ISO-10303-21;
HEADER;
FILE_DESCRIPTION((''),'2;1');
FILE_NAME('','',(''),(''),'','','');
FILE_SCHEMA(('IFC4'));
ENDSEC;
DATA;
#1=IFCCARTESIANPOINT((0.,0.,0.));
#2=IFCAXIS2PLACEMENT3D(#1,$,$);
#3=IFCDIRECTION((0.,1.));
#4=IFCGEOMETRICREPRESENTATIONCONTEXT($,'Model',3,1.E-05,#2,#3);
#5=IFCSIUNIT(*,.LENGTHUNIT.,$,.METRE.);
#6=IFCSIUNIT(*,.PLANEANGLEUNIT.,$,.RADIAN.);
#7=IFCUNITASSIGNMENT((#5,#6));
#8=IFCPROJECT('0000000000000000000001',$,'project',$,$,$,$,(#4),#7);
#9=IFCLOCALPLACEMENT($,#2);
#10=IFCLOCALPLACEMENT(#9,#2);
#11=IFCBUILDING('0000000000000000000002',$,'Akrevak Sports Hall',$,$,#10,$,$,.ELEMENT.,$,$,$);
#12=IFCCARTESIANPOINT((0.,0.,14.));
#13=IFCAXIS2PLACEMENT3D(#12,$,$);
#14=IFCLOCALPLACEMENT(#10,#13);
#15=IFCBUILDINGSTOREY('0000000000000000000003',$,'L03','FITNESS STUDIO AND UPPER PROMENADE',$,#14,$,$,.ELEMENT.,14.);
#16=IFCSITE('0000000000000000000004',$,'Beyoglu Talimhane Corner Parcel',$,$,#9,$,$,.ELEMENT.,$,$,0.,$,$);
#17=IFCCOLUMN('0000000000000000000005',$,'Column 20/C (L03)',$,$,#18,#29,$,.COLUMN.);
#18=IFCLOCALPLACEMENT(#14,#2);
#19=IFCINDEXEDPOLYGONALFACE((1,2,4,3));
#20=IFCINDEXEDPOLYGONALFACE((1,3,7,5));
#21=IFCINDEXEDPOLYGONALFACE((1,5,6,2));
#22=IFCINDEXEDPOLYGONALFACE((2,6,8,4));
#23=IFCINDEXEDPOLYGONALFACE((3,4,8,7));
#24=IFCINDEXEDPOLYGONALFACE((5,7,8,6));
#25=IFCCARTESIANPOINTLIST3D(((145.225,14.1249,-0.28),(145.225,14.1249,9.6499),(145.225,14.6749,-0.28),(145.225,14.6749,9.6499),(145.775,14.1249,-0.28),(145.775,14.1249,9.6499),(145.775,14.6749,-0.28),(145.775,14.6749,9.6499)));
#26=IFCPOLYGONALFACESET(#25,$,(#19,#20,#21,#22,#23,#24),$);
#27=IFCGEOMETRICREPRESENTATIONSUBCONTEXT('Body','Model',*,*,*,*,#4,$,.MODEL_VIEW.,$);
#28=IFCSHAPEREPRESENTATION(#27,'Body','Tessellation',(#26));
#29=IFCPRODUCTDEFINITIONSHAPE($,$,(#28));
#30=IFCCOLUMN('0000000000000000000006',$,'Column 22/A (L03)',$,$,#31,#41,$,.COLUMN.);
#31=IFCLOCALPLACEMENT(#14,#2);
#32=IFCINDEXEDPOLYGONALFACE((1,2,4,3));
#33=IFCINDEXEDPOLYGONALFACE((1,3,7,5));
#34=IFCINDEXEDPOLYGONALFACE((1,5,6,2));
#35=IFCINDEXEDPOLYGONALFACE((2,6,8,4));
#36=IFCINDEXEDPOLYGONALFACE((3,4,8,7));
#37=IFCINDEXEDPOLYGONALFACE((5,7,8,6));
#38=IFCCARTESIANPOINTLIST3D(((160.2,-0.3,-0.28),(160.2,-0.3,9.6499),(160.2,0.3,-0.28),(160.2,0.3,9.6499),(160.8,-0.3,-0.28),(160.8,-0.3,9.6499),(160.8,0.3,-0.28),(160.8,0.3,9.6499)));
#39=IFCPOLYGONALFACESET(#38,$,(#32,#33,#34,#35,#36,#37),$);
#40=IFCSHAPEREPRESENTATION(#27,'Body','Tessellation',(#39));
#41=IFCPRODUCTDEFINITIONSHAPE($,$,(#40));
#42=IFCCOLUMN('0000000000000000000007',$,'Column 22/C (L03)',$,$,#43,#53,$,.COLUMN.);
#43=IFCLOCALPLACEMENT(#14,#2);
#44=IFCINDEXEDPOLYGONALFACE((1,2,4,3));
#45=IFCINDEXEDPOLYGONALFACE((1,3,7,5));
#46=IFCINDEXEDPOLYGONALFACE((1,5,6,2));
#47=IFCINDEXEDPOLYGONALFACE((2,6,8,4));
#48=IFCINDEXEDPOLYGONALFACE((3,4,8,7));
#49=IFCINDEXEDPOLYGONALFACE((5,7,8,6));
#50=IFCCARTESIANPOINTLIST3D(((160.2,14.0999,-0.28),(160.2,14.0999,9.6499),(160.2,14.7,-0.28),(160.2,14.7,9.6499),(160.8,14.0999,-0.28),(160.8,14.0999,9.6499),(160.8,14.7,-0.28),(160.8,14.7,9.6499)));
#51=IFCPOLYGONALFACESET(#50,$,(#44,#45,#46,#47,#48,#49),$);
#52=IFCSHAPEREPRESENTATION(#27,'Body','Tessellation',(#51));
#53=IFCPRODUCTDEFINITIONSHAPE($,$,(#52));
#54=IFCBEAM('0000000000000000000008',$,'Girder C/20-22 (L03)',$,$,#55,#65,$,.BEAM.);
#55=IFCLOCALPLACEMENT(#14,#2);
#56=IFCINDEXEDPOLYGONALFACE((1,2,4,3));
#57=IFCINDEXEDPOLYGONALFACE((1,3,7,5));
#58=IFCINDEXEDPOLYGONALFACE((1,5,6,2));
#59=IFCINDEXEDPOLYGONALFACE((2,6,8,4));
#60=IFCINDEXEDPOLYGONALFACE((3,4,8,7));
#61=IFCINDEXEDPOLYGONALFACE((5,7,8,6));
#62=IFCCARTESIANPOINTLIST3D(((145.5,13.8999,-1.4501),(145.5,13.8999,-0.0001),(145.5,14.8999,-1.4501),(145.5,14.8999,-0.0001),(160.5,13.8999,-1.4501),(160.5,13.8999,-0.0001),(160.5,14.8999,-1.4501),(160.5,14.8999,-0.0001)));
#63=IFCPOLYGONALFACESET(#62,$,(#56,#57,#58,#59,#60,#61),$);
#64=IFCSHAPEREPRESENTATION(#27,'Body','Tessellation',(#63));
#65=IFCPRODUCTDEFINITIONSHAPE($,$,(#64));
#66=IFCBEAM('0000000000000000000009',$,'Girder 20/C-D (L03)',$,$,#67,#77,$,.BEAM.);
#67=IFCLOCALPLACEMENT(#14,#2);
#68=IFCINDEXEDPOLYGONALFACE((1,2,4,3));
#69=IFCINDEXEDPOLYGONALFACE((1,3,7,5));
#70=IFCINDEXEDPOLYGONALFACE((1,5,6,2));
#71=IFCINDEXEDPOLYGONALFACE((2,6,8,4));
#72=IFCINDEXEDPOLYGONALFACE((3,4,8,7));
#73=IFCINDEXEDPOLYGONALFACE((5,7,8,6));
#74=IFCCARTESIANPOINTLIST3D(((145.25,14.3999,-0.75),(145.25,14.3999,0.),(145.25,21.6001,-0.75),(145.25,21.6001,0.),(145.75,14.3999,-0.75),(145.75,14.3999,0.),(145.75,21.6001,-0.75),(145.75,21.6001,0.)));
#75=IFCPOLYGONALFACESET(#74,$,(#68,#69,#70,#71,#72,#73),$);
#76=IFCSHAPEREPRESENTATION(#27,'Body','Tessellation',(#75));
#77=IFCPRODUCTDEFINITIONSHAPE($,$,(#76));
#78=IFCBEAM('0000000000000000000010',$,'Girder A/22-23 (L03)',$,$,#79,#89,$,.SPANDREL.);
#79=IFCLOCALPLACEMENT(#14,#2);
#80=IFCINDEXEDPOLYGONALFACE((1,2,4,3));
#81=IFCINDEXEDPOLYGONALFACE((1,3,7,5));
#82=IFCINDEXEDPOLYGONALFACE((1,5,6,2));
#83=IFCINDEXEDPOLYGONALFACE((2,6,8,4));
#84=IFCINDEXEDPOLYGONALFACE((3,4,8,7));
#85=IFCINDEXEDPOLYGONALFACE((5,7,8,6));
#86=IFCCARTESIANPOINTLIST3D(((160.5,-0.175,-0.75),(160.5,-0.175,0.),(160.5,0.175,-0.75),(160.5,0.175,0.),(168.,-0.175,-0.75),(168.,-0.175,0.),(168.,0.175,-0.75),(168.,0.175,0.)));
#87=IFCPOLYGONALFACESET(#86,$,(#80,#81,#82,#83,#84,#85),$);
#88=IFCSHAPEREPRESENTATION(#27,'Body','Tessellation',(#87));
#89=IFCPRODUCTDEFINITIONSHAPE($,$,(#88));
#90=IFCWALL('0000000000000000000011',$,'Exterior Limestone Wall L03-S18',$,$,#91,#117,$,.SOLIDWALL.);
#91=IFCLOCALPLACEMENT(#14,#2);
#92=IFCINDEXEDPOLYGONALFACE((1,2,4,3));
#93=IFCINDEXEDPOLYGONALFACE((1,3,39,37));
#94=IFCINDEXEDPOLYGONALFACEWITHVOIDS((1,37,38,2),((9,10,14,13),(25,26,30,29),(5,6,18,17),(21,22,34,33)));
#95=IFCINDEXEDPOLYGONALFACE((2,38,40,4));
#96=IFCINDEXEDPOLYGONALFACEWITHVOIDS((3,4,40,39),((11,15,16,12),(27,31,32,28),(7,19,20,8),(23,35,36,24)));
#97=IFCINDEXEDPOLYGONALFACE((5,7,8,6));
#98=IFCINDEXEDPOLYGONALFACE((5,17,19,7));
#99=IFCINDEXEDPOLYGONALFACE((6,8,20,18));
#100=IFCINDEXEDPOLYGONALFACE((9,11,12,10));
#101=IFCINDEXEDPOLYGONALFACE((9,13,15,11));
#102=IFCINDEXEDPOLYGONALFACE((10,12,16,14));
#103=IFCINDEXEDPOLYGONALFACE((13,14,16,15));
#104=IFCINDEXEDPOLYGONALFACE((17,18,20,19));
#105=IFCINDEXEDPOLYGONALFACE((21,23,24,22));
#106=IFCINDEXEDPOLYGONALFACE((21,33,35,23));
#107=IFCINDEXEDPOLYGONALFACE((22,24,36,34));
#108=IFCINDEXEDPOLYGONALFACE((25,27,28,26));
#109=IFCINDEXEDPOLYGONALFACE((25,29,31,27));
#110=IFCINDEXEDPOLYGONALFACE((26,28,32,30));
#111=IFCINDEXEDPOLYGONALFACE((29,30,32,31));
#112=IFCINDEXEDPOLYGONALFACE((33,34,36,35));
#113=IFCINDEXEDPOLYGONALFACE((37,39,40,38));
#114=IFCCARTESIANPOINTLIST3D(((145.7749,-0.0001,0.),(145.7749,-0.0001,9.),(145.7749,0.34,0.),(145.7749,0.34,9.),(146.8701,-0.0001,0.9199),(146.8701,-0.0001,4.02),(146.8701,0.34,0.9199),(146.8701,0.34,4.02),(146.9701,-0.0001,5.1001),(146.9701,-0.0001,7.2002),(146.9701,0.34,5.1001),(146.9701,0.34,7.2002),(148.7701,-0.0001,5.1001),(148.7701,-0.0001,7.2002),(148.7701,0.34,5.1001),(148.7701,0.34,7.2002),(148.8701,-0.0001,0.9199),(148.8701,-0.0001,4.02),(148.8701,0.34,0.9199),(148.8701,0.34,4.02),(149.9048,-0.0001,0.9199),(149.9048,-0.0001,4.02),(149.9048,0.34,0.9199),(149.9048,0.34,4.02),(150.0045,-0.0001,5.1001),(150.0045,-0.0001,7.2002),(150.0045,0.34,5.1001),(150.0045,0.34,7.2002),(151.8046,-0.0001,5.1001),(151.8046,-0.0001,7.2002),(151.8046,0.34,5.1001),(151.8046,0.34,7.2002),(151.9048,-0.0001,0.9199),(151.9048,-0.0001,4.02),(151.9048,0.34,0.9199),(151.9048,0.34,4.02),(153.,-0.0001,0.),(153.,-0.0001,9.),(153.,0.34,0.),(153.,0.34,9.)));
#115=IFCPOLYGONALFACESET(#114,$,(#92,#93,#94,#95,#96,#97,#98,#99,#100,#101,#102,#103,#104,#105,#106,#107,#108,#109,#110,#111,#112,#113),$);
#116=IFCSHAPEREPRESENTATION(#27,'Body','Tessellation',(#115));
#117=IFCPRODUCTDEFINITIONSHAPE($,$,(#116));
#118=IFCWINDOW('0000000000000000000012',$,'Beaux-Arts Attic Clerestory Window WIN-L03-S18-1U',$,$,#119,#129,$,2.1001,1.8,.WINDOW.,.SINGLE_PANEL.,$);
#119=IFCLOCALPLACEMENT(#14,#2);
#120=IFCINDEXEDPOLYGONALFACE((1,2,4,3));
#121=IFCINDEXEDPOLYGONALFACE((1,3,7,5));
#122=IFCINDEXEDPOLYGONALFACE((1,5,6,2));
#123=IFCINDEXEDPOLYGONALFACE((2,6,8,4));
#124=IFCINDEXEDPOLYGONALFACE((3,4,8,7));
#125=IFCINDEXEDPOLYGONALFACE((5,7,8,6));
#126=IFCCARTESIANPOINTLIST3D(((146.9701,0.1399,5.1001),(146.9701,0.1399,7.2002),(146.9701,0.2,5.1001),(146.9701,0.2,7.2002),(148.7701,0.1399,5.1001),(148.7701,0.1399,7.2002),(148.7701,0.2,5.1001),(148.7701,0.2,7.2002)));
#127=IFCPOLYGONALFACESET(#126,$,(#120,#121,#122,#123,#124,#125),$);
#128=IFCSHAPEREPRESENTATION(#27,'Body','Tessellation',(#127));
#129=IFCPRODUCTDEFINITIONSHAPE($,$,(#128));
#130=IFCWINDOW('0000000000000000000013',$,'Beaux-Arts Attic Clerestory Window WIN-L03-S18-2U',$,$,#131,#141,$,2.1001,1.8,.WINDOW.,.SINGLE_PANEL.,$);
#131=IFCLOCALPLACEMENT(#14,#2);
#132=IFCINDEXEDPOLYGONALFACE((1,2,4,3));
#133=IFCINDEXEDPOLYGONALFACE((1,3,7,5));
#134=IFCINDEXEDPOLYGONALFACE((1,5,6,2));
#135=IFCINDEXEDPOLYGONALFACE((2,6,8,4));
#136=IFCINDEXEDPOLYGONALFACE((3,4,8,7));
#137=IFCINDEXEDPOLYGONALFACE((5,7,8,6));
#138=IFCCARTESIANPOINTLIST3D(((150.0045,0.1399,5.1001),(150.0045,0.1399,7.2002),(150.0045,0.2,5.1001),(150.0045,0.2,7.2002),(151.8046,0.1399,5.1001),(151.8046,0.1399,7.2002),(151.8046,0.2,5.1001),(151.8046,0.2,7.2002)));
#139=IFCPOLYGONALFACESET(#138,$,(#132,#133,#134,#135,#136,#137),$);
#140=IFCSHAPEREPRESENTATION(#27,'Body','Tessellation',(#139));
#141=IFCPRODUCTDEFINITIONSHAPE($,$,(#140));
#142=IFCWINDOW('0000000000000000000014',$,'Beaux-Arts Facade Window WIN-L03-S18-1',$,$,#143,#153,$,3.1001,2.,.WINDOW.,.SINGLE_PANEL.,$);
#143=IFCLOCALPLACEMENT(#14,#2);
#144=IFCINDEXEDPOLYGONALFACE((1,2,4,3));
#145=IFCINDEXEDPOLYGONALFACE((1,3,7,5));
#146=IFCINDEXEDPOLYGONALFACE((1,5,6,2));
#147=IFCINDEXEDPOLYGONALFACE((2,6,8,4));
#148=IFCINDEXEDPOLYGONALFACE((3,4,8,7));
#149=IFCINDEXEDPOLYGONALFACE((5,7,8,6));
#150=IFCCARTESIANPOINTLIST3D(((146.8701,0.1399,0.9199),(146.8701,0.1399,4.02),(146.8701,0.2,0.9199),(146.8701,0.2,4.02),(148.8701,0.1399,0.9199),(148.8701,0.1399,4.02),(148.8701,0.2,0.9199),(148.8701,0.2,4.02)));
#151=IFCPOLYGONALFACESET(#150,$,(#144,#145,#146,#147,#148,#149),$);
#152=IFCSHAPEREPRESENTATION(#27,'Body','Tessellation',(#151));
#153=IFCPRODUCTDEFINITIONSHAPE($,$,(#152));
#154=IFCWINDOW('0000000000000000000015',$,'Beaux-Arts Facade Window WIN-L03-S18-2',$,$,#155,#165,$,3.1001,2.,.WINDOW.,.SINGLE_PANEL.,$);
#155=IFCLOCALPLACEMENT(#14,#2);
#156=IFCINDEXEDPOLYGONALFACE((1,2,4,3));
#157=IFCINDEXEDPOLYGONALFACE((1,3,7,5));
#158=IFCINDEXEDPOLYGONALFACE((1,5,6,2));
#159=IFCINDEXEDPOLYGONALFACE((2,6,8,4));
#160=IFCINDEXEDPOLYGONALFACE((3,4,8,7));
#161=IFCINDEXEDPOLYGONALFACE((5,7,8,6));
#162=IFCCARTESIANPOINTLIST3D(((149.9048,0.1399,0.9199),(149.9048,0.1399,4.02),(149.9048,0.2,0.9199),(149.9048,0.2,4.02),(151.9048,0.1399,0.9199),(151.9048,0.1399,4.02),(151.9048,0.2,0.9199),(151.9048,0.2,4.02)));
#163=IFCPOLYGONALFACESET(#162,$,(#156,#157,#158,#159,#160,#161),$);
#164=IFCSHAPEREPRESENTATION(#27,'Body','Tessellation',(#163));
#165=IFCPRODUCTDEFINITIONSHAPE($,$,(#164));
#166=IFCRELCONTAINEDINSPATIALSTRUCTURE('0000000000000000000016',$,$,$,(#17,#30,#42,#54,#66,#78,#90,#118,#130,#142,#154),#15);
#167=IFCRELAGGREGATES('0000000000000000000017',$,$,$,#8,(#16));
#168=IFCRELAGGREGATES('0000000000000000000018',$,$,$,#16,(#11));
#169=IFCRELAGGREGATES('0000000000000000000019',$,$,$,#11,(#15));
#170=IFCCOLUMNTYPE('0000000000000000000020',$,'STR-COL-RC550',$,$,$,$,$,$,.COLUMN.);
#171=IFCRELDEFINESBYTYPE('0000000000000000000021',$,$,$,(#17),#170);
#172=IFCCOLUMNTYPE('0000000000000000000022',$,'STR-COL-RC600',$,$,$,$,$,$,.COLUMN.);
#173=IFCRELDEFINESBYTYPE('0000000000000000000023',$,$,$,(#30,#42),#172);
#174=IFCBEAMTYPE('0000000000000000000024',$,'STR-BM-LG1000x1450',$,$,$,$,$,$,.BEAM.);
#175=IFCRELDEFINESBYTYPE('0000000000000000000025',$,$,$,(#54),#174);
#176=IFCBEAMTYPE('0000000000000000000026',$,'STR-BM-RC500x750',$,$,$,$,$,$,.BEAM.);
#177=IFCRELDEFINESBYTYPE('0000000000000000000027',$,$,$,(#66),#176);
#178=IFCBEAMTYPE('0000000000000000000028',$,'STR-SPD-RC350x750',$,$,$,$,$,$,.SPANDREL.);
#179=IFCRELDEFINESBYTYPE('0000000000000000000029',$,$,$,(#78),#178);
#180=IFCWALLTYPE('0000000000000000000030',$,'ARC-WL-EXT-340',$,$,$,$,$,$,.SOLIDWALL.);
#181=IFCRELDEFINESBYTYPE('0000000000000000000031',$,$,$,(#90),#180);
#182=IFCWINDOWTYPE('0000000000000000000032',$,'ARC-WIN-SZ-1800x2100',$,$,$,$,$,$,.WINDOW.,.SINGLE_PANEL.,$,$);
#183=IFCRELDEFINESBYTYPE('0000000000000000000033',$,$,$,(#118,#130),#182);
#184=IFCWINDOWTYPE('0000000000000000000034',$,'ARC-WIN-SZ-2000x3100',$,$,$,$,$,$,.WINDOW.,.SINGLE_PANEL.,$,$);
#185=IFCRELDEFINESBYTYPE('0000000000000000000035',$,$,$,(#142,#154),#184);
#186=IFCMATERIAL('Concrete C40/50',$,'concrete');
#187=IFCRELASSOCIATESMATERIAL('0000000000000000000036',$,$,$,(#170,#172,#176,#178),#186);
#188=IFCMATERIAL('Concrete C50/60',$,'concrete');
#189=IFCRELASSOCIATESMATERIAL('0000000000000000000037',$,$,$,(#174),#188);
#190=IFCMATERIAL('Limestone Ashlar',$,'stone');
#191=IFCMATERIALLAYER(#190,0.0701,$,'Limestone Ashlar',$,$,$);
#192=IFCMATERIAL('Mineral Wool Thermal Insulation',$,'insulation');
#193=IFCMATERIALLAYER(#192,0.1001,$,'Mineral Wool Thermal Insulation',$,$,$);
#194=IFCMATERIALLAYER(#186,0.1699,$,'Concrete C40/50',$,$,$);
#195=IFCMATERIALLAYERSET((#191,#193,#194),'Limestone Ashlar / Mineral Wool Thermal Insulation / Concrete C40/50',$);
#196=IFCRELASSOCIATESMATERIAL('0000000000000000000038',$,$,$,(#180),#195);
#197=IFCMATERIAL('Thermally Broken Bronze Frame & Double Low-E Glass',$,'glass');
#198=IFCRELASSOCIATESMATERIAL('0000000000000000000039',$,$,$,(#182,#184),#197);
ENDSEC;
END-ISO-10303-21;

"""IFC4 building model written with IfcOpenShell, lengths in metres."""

from ifc_helpers import new_model, si_unit, direction, frame, frame_2d, origin, origin_2d, place, context, subcontext, project, spatial, rectangle, extrude, material, layer, layer_set, material_profile, profile_set, type_object, element, fill, save


model = new_model("IFC4")

# Units and contexts
model_context = context("Model", 3, precision=1e-05, world=origin(), true_north=direction((0.0, 1.0)))
body_context = subcontext(model_context, "Body", "Model", "MODEL_VIEW")
ifc_project = project(units=[si_unit("LENGTHUNIT", "METRE"), si_unit("PLANEANGLEUNIT", "RADIAN")], contexts=[model_context])

# Site, building, storey
site_placement = place(None, origin())
site = spatial("IfcSite", under=ifc_project, at=site_placement, Name="Beyoglu Talimhane Corner Parcel", CompositionType="ELEMENT", RefElevation=0.0)
building_placement = place(site_placement, origin())
building = spatial("IfcBuilding", under=site, at=building_placement, Name="Akrevak Sports Hall", CompositionType="ELEMENT")
storey_placement = place(building_placement, frame((0.0, 0.0, 14.0)))
storey = spatial("IfcBuildingStorey", under=building, at=storey_placement, Name="L03", Description="FITNESS STUDIO AND UPPER PROMENADE", CompositionType="ELEMENT", Elevation=14.0)

# Columns
ifc_material_1 = material(Name="Concrete C40/50", Category="concrete")
ifc_material_profile_1 = material_profile(ifc_material_1, rectangle(XDim=0.55, YDim=0.55, at=origin_2d()), Name="RC 550x550", Category="concrete")
ifc_profile_set_1 = profile_set([ifc_material_profile_1], Name="Concrete C40/50")
column_type_1 = type_object("IfcColumnType", Name="STR-COL-RC550", PredefinedType="COLUMN", material=ifc_profile_set_1)
column_placement = place(storey_placement, frame((145.5, 14.3999, -0.28), z_axis=(0.0, 0.0, 1.0), x_axis=(1.0, 0.0, 0.0)))
element("IfcColumn", 1, at=column_placement, inside=storey, type_object=column_type_1, Name="Column 20/C (L03)", PredefinedType="COLUMN", context=body_context, shape_type="SweptSolid", body=[
    extrude(rectangle(XDim=0.55, YDim=0.55, at=origin_2d()), origin(), (0.0, 0.0, 1.0), 9.9299),
])
ifc_material_profile_2 = material_profile(ifc_material_1, rectangle(XDim=0.6001, YDim=0.6001, at=origin_2d()), Name="RC 600x600", Category="concrete")
ifc_profile_set_2 = profile_set([ifc_material_profile_2], Name="Concrete C40/50")
column_type_2 = type_object("IfcColumnType", Name="STR-COL-RC600", PredefinedType="COLUMN", material=ifc_profile_set_2)
for number, where, z_axis, x_axis, name in (
    (2, (160.5, 0.0, -0.28), (0.0, 0.0, 1.0), (1.0, 0.0, 0.0), "Column 22/A (L03)"),
    (3, (160.5, 14.3999, -0.28), (0.0, 0.0, 1.0), (1.0, 0.0, 0.0), "Column 22/C (L03)"),
):
    element("IfcColumn", number, at=place(storey_placement, frame(where, z_axis=z_axis, x_axis=x_axis)), inside=storey, type_object=column_type_2, Name=name, PredefinedType="COLUMN", context=body_context, shape_type="SweptSolid", body=[
        extrude(rectangle(XDim=0.6001, YDim=0.6001, at=origin_2d()), origin(), (0.0, 0.0, 1.0), 9.9299),
    ])

# Beams
ifc_material_2 = material(Name="Concrete C50/60", Category="concrete")
ifc_material_profile_3 = material_profile(ifc_material_2, rectangle(XDim=1.0, YDim=1.45, at=origin_2d()), Name="BM 1000x1450", Category="concrete")
ifc_profile_set_3 = profile_set([ifc_material_profile_3], Name="Concrete C50/60")
beam_type_1 = type_object("IfcBeamType", Name="STR-BM-LG1000x1450", PredefinedType="BEAM", material=ifc_profile_set_3)
beam_1_placement = place(storey_placement, frame((145.5, 14.3999, -0.7251), z_axis=(1.0, 0.0, 0.0), x_axis=(0.0, 1.0, 0.0)))
element("IfcBeam", 4, at=beam_1_placement, inside=storey, type_object=beam_type_1, Name="Girder C/20-22 (L03)", PredefinedType="BEAM", context=body_context, shape_type="SweptSolid", body=[
    extrude(rectangle(XDim=1.0, YDim=1.45, at=origin_2d()), origin(), (0.0, 0.0, 1.0), 15.0),
])
ifc_material_profile_4 = material_profile(ifc_material_1, rectangle(XDim=0.5, YDim=0.75, at=origin_2d()), Name="BM 500x750", Category="concrete")
ifc_profile_set_4 = profile_set([ifc_material_profile_4], Name="Concrete C40/50")
beam_type_2 = type_object("IfcBeamType", Name="STR-BM-RC500x750", PredefinedType="BEAM", material=ifc_profile_set_4)
beam_2_placement = place(storey_placement, frame((145.5, 14.3999, -0.375), z_axis=(0.0, 1.0, 0.0), x_axis=(-1.0, 0.0, 0.0)))
element("IfcBeam", 5, at=beam_2_placement, inside=storey, type_object=beam_type_2, Name="Girder 20/C-D (L03)", PredefinedType="BEAM", context=body_context, shape_type="SweptSolid", body=[
    extrude(rectangle(XDim=0.5, YDim=0.75, at=origin_2d()), origin(), (0.0, 0.0, 1.0), 7.2002),
])
ifc_material_profile_5 = material_profile(ifc_material_1, rectangle(XDim=0.3501, YDim=0.75, at=origin_2d()), Name="SPD 350x750", Category="concrete")
ifc_profile_set_5 = profile_set([ifc_material_profile_5], Name="Concrete C40/50")
beam_type_3 = type_object("IfcBeamType", Name="STR-SPD-RC350x750", PredefinedType="SPANDREL", material=ifc_profile_set_5)
beam_3_placement = place(storey_placement, frame((160.5, 0.0, -0.375), z_axis=(1.0, 0.0, 0.0), x_axis=(0.0, 1.0, 0.0)))
element("IfcBeam", 6, at=beam_3_placement, inside=storey, type_object=beam_type_3, Name="Girder A/22-23 (L03)", PredefinedType="SPANDREL", context=body_context, shape_type="SweptSolid", body=[
    extrude(rectangle(XDim=0.3501, YDim=0.75, at=origin_2d()), origin(), (0.0, 0.0, 1.0), 7.5),
])

# Wall, openings, windows
ifc_material_3 = material(Name="Limestone Ashlar", Category="stone")
ifc_layer_1 = layer(ifc_material_3, 0.0701, Name="Limestone Ashlar")
ifc_material_4 = material(Name="Mineral Wool Thermal Insulation", Category="insulation")
ifc_layer_2 = layer(ifc_material_4, 0.1001, Name="Mineral Wool Thermal Insulation")
ifc_layer_3 = layer(ifc_material_1, 0.1699, Name="Concrete C40/50")
ifc_layer_set_1 = layer_set([ifc_layer_1, ifc_layer_2, ifc_layer_3], Name="Limestone Ashlar / Mineral Wool Thermal Insulation / Concrete C40/50")
wall_type = type_object("IfcWallType", Name="ARC-WL-EXT-340", PredefinedType="SOLIDWALL", material=ifc_layer_set_1)
wall_1_placement = place(storey_placement, frame((145.7749, 0.1699, 0.0), z_axis=(0.0, 0.0, 1.0), x_axis=(1.0, 0.0, 0.0)))
wall_1 = element("IfcWall", 7, at=wall_1_placement, inside=storey, type_object=wall_type, Name="Exterior Limestone Wall L03-S18", PredefinedType="SOLIDWALL", context=body_context, shape_type="SweptSolid", body=[
    extrude(rectangle(XDim=7.2251, YDim=0.3401, at=frame_2d((3.6125, 0.0))), origin(), (0.0, 0.0, 1.0), 9.0),
])
opening_1_placement = place(wall_1_placement, frame((1.0952, 0.0, 0.9199)))
opening_1 = element("IfcOpeningElement", 8, at=opening_1_placement, cuts=wall_1, PredefinedType="OPENING", context=body_context, shape_type="SweptSolid", body=[
    extrude(rectangle(XDim=2.0, YDim=3.1001, at=frame_2d((1.0, 1.55))), frame((0.0, 0.1821, 0.0), z_axis=(0.0, -1.0, 0.0), x_axis=(1.0, 0.0, 0.0)), (0.0, 0.0, 1.0), 0.364),
])
opening_2_placement = place(wall_1_placement, frame((1.1953, 0.0, 5.1001)))
opening_2 = element("IfcOpeningElement", 9, at=opening_2_placement, cuts=wall_1, PredefinedType="OPENING", context=body_context, shape_type="SweptSolid", body=[
    extrude(rectangle(XDim=1.8, YDim=2.1001, at=frame_2d((0.8999, 1.05))), frame((0.0, 0.1821, 0.0), z_axis=(0.0, -1.0, 0.0), x_axis=(1.0, 0.0, 0.0)), (0.0, 0.0, 1.0), 0.364),
])
opening_3_placement = place(wall_1_placement, frame((4.1299, 0.0, 0.9199)))
opening_3 = element("IfcOpeningElement", 10, at=opening_3_placement, cuts=wall_1, PredefinedType="OPENING", context=body_context, shape_type="SweptSolid", body=[
    extrude(rectangle(XDim=2.0, YDim=3.1001, at=frame_2d((1.0, 1.55))), frame((0.0, 0.1821, 0.0), z_axis=(0.0, -1.0, 0.0), x_axis=(1.0, 0.0, 0.0)), (0.0, 0.0, 1.0), 0.364),
])
opening_4_placement = place(wall_1_placement, frame((4.2297, 0.0, 5.1001)))
opening_4 = element("IfcOpeningElement", 11, at=opening_4_placement, cuts=wall_1, PredefinedType="OPENING", context=body_context, shape_type="SweptSolid", body=[
    extrude(rectangle(XDim=1.8, YDim=2.1001, at=frame_2d((0.8999, 1.05))), frame((0.0, 0.1821, 0.0), z_axis=(0.0, -1.0, 0.0), x_axis=(1.0, 0.0, 0.0)), (0.0, 0.0, 1.0), 0.364),
])
ifc_material_5 = material(Name="Thermally Broken Bronze Frame & Double Low-E Glass", Category="glass")
window_type_1 = type_object("IfcWindowType", Name="ARC-WIN-SZ-1800x2100", PartitioningType="SINGLE_PANEL", PredefinedType="WINDOW", material=ifc_material_5)
window_1_placement = place(opening_2_placement, origin())
window_1 = element("IfcWindow", 12, at=window_1_placement, inside=storey, type_object=window_type_1, Name="Beaux-Arts Attic Clerestory Window WIN-L03-S18-1U", OverallHeight=2.1001, OverallWidth=1.8, PartitioningType="SINGLE_PANEL", PredefinedType="WINDOW", context=body_context, shape_type="SweptSolid", body=[
    extrude(rectangle(XDim=1.8, YDim=2.1001, at=frame_2d((0.8999, 1.05))), frame((0.0, 0.03, 0.0), z_axis=(0.0, -1.0, 0.0), x_axis=(1.0, 0.0, 0.0)), (0.0, 0.0, 1.0), 0.0601),
])
fill(opening_2, window_1)
window_2_placement = place(opening_4_placement, origin())
window_2 = element("IfcWindow", 13, at=window_2_placement, inside=storey, type_object=window_type_1, Name="Beaux-Arts Attic Clerestory Window WIN-L03-S18-2U", OverallHeight=2.1001, OverallWidth=1.8, PartitioningType="SINGLE_PANEL", PredefinedType="WINDOW", context=body_context, shape_type="SweptSolid", body=[
    extrude(rectangle(XDim=1.8, YDim=2.1001, at=frame_2d((0.8999, 1.05))), frame((0.0, 0.03, 0.0), z_axis=(0.0, -1.0, 0.0), x_axis=(1.0, 0.0, 0.0)), (0.0, 0.0, 1.0), 0.0601),
])
fill(opening_4, window_2)
window_type_2 = type_object("IfcWindowType", Name="ARC-WIN-SZ-2000x3100", PartitioningType="SINGLE_PANEL", PredefinedType="WINDOW", material=ifc_material_5)
window_3_placement = place(opening_1_placement, origin())
window_3 = element("IfcWindow", 14, at=window_3_placement, inside=storey, type_object=window_type_2, Name="Beaux-Arts Facade Window WIN-L03-S18-1", OverallHeight=3.1001, OverallWidth=2.0, PartitioningType="SINGLE_PANEL", PredefinedType="WINDOW", context=body_context, shape_type="SweptSolid", body=[
    extrude(rectangle(XDim=2.0, YDim=3.1001, at=frame_2d((1.0, 1.55))), frame((0.0, 0.03, 0.0), z_axis=(0.0, -1.0, 0.0), x_axis=(1.0, 0.0, 0.0)), (0.0, 0.0, 1.0), 0.0601),
])
fill(opening_1, window_3)
window_4_placement = place(opening_3_placement, origin())
window_4 = element("IfcWindow", 15, at=window_4_placement, inside=storey, type_object=window_type_2, Name="Beaux-Arts Facade Window WIN-L03-S18-2", OverallHeight=3.1001, OverallWidth=2.0, PartitioningType="SINGLE_PANEL", PredefinedType="WINDOW", context=body_context, shape_type="SweptSolid", body=[
    extrude(rectangle(XDim=2.0, YDim=3.1001, at=frame_2d((1.0, 1.55))), frame((0.0, 0.03, 0.0), z_axis=(0.0, -1.0, 0.0), x_axis=(1.0, 0.0, 0.0)), (0.0, 0.0, 1.0), 0.0601),
])
fill(opening_3, window_4)

save(model, "model.ifc")
